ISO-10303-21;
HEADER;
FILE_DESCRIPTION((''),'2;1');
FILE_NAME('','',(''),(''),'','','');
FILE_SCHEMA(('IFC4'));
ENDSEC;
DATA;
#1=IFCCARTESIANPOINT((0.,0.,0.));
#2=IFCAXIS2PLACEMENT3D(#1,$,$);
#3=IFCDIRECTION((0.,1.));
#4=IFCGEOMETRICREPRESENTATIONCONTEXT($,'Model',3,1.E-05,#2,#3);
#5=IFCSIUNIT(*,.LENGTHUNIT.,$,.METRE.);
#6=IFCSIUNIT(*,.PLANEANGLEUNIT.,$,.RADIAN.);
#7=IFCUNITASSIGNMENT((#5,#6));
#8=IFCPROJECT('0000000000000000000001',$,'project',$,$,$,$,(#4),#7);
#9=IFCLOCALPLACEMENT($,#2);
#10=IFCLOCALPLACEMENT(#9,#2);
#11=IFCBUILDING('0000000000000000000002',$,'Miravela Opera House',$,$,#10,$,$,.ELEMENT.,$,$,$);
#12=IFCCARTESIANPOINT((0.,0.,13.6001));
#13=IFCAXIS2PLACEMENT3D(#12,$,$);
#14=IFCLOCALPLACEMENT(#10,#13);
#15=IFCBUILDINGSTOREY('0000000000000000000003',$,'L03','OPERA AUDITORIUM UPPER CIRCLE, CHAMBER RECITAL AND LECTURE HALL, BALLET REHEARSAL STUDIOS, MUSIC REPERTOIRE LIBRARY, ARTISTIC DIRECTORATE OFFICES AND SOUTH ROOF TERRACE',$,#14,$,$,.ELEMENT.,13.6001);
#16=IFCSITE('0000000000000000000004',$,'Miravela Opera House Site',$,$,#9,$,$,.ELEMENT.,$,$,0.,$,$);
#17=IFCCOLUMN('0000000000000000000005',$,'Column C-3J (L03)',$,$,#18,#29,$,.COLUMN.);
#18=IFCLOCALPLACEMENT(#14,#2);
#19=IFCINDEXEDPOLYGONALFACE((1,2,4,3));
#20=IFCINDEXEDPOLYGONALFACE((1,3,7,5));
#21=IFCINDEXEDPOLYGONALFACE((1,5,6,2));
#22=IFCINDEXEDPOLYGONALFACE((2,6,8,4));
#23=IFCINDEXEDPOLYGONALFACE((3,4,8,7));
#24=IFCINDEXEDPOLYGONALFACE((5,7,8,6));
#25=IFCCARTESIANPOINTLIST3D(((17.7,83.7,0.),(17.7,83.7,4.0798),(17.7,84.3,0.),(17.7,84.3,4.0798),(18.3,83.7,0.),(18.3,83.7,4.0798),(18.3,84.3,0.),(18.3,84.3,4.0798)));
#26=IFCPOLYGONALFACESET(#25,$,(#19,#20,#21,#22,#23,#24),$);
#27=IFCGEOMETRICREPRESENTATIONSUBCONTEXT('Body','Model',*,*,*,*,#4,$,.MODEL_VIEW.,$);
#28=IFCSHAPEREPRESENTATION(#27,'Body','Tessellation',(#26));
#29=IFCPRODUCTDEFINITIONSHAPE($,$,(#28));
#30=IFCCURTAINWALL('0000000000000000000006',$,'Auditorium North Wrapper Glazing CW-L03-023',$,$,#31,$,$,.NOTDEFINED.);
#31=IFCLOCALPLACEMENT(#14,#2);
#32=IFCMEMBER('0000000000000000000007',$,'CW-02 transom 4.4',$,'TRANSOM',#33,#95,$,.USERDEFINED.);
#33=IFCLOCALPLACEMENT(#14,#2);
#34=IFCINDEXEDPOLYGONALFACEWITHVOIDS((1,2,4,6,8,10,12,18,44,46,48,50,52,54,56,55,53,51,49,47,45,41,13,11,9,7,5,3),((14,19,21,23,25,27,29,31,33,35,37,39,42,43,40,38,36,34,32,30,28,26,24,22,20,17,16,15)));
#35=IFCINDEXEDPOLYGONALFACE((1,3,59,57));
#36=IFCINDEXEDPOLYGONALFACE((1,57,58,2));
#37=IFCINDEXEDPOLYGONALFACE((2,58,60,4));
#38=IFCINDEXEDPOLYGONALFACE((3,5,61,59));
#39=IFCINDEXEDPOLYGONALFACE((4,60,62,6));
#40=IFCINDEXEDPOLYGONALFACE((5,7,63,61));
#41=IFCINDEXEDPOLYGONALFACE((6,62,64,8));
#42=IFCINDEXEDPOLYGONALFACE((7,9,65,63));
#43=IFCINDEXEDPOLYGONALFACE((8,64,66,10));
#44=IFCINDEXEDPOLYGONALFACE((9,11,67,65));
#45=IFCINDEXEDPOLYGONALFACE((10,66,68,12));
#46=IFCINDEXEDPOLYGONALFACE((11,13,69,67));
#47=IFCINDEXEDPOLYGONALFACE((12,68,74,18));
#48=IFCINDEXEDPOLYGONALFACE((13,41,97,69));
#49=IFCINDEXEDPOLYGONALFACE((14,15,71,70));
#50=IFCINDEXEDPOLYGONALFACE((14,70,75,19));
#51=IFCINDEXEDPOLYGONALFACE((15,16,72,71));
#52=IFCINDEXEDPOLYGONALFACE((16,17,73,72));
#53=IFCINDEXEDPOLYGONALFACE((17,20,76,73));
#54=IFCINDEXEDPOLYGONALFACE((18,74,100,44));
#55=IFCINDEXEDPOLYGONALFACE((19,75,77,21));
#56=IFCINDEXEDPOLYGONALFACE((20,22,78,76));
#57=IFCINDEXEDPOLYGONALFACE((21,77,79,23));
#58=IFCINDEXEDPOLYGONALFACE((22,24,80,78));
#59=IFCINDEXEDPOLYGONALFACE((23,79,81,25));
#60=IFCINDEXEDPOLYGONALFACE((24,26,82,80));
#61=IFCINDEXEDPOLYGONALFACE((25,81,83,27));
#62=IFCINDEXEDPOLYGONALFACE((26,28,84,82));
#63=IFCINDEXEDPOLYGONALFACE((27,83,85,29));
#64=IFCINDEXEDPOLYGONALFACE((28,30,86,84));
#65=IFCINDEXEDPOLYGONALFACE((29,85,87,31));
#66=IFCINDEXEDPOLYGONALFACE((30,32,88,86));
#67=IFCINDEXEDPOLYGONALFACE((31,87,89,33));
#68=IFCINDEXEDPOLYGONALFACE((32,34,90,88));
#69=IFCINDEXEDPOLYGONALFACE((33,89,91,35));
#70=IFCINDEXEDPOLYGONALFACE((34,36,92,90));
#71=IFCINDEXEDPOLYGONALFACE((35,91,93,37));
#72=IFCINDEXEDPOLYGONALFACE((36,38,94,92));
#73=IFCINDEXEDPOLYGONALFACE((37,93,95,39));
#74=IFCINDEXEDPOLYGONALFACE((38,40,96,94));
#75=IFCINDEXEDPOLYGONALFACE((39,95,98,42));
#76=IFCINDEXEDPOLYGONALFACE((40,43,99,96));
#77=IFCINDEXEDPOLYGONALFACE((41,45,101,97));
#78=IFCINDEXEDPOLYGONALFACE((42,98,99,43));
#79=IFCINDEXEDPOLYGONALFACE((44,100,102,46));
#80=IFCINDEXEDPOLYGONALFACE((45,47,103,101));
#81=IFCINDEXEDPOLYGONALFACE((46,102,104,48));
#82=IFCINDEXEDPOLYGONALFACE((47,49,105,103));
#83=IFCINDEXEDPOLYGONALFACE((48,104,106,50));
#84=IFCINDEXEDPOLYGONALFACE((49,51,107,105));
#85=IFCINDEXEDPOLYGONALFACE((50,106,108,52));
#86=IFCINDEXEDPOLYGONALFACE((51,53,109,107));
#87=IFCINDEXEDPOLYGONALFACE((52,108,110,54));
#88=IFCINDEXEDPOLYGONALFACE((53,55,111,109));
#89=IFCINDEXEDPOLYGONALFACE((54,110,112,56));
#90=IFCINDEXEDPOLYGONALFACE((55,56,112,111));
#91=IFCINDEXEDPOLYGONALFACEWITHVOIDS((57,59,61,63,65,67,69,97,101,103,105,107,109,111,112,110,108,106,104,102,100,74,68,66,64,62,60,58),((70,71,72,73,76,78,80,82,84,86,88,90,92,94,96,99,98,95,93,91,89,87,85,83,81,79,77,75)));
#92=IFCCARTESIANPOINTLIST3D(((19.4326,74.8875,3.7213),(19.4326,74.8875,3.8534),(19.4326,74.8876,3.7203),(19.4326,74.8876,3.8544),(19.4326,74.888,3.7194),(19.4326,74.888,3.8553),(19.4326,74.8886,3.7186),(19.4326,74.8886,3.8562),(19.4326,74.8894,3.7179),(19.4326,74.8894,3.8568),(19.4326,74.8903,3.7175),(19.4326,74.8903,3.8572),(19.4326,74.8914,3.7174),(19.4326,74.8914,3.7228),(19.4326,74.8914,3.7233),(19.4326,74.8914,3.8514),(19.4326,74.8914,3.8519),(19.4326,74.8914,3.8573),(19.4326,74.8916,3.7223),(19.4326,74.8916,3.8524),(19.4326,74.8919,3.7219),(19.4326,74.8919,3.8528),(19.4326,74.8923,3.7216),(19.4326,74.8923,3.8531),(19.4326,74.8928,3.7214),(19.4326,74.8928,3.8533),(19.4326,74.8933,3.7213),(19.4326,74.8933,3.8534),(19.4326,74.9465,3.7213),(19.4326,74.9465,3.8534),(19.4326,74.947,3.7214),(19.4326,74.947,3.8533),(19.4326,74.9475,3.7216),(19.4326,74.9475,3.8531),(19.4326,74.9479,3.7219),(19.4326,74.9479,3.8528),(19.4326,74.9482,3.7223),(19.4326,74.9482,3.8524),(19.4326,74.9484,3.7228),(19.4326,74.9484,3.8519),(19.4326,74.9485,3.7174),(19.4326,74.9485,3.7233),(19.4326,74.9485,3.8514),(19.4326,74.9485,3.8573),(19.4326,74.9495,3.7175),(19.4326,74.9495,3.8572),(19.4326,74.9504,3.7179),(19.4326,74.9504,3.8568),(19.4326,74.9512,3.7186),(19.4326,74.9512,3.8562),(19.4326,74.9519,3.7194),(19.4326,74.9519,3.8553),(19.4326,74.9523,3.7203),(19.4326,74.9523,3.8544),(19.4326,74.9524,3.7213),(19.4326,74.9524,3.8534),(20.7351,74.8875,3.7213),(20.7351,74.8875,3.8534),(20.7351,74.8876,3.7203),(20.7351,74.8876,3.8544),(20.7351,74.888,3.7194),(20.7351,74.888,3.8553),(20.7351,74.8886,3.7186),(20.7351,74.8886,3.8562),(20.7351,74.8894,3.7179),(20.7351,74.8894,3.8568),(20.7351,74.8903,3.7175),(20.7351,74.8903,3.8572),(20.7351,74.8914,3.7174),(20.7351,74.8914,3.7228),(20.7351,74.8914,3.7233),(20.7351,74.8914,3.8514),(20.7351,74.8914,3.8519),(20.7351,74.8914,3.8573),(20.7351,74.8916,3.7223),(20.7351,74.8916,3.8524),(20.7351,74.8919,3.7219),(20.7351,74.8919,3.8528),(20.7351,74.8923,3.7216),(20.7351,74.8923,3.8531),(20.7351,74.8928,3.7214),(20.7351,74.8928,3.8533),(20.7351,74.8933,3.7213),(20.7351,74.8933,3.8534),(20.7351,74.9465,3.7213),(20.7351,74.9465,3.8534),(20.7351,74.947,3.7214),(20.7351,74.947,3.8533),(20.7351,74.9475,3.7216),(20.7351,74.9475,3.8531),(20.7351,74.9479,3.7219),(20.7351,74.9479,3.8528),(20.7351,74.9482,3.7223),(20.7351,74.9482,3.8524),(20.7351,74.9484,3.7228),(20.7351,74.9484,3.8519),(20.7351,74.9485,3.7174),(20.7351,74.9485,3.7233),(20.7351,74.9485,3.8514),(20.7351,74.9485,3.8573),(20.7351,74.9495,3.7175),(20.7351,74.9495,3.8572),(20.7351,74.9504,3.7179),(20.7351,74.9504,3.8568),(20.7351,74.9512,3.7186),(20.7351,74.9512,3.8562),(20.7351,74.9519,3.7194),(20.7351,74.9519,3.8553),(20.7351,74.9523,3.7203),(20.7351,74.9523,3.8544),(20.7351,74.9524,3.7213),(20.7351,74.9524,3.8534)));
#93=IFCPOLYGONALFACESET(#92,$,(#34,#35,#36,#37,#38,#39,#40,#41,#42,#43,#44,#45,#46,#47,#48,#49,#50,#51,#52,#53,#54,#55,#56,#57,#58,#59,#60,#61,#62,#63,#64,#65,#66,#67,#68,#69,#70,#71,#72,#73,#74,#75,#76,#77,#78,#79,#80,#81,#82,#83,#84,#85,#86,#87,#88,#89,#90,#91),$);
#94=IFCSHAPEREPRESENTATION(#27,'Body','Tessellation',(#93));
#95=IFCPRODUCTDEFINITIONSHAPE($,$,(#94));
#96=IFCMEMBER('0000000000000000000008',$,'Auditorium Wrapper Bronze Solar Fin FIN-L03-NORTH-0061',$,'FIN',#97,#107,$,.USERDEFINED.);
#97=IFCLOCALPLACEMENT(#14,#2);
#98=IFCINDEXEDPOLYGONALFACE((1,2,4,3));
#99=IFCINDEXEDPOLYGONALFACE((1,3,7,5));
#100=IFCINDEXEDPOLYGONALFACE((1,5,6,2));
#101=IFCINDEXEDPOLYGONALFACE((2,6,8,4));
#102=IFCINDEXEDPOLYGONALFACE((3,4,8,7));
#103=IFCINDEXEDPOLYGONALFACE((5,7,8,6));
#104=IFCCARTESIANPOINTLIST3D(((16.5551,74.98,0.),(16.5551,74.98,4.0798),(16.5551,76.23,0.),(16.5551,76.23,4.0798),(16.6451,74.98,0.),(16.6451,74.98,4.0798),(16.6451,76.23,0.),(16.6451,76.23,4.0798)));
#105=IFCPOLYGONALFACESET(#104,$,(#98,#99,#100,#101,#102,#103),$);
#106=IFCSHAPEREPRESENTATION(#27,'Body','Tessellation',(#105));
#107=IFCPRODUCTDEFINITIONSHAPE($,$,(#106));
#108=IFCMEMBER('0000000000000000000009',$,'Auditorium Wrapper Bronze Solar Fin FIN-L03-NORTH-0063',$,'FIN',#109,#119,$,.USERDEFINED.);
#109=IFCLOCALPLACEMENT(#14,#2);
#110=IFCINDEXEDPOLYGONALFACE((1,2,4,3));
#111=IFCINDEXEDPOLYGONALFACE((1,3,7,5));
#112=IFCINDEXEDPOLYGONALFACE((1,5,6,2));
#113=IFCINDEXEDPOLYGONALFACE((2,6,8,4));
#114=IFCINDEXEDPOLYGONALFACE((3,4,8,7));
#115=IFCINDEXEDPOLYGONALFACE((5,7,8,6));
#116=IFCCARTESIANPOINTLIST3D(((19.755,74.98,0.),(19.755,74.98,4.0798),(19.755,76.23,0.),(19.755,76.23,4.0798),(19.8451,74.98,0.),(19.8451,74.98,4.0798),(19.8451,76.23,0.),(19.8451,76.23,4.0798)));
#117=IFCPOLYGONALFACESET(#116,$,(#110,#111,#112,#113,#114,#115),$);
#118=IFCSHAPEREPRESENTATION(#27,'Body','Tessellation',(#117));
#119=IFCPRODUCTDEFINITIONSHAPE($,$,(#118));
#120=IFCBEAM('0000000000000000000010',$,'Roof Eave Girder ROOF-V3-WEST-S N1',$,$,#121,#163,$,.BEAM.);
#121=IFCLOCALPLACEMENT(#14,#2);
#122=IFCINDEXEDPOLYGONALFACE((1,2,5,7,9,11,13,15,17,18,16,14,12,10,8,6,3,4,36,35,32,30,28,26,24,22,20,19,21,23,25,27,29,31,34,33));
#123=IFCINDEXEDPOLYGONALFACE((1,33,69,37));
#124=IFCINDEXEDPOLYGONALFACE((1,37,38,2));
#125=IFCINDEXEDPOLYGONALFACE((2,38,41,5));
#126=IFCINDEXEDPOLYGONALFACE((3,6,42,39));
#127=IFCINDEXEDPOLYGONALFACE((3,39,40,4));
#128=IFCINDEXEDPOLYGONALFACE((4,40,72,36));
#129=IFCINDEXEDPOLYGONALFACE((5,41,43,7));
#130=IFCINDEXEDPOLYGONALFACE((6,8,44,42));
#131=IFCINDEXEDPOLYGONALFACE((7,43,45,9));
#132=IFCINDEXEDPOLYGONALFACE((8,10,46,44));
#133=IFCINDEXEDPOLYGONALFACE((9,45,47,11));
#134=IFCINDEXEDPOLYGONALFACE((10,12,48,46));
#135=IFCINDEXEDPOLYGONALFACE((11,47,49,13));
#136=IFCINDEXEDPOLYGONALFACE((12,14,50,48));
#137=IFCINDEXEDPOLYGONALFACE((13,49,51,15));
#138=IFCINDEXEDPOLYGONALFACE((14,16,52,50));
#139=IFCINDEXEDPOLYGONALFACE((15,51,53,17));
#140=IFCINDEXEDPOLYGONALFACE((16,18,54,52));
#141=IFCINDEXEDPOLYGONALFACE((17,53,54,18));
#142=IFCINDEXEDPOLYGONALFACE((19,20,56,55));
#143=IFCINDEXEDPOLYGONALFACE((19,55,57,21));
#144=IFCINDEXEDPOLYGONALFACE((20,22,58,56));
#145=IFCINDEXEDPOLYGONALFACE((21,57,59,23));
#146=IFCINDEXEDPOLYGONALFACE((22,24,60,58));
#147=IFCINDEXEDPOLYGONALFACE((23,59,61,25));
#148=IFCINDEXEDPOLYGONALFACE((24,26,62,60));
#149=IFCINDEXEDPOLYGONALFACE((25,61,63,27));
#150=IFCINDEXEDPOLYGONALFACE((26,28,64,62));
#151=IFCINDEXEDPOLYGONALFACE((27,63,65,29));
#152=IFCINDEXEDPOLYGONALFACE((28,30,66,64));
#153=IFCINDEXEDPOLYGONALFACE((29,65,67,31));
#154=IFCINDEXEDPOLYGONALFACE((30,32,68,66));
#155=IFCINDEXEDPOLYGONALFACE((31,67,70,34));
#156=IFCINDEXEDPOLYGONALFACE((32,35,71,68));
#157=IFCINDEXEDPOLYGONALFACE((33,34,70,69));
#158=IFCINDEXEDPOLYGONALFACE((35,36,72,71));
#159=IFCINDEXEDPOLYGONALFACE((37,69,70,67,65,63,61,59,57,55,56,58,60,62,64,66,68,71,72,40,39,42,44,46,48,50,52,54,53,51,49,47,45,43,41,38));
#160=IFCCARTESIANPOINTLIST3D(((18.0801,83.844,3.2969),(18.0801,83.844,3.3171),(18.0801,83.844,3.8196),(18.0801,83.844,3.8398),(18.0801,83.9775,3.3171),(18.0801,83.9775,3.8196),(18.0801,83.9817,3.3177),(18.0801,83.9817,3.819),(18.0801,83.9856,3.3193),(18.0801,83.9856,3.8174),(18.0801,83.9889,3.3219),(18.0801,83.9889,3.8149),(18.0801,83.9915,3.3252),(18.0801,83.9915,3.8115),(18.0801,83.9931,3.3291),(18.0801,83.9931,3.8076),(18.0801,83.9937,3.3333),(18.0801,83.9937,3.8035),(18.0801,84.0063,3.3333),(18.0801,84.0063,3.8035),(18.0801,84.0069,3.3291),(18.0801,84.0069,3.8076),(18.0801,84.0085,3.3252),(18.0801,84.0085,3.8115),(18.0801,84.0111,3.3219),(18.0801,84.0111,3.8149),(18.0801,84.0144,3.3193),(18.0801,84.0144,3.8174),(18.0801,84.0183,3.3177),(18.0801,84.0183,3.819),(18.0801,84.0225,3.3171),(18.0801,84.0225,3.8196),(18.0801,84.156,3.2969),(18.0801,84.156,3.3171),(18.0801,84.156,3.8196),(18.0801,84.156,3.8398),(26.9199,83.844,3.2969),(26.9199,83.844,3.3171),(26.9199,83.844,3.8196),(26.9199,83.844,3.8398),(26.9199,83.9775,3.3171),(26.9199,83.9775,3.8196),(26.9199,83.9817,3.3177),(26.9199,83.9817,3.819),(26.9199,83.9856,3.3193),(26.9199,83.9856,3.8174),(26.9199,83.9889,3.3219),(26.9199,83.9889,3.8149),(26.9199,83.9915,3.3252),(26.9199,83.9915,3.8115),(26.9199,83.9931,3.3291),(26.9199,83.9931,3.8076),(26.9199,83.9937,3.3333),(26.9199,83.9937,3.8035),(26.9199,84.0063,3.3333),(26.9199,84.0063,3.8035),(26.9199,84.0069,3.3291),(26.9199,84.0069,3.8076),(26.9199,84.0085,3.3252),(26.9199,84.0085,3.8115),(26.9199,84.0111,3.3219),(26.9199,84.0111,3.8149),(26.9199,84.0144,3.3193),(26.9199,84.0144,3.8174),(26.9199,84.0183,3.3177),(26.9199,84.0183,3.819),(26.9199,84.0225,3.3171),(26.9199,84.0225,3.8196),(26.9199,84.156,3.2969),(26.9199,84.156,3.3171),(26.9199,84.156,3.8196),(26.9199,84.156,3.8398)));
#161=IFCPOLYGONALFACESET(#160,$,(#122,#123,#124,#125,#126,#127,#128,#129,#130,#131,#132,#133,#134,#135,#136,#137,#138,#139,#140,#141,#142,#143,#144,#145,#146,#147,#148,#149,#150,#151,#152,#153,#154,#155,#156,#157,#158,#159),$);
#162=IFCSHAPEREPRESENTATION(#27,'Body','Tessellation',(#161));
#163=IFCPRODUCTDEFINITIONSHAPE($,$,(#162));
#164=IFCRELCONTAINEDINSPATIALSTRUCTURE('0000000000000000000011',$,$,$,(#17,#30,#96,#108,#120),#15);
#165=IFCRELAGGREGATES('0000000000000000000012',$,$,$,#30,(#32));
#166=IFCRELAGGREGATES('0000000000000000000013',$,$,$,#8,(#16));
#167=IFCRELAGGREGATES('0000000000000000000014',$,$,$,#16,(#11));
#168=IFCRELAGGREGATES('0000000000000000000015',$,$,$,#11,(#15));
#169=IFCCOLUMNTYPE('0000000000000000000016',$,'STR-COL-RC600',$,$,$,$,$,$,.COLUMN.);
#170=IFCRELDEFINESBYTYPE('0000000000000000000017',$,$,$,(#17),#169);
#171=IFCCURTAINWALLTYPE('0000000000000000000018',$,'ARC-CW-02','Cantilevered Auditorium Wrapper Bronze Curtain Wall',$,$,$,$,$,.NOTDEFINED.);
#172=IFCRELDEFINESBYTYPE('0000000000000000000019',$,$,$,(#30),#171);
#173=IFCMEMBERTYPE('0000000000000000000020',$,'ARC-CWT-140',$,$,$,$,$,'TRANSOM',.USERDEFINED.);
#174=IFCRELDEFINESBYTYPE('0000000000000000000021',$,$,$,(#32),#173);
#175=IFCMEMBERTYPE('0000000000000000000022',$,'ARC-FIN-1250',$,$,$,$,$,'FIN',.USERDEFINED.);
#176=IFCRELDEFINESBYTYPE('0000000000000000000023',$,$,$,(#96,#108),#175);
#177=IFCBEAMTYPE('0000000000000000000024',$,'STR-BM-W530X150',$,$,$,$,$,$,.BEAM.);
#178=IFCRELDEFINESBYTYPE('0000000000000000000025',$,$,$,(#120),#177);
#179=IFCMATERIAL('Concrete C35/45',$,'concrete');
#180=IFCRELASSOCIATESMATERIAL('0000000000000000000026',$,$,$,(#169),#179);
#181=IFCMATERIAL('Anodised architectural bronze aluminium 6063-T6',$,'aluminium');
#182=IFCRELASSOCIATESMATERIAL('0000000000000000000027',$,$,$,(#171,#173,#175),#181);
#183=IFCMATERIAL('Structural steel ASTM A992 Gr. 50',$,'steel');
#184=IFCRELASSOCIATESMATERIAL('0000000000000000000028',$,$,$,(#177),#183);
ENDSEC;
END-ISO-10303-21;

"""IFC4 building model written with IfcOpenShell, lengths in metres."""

from ifc_helpers import new_model, si_unit, direction, frame, origin, origin_2d, place, context, subcontext, project, spatial, rectangle, hollow_rectangle, i_section, extrude, material, material_profile, profile_set, type_object, element, aggregate, save


model = new_model("IFC4")

# Units and contexts
model_context = context("Model", 3, precision=1e-05, world=origin(), true_north=direction((0.0, 1.0)))
body_context = subcontext(model_context, "Body", "Model", "MODEL_VIEW")
ifc_project = project(units=[si_unit("LENGTHUNIT", "METRE"), si_unit("PLANEANGLEUNIT", "RADIAN")], contexts=[model_context])

# Site, building, storey
site_placement = place(None, origin())
site = spatial("IfcSite", under=ifc_project, at=site_placement, Name="Miravela Opera House Site", CompositionType="ELEMENT", RefElevation=0.0)
building_placement = place(site_placement, origin())
building = spatial("IfcBuilding", under=site, at=building_placement, Name="Miravela Opera House", CompositionType="ELEMENT")
storey_placement = place(building_placement, frame((0.0, 0.0, 13.6001)))
storey = spatial("IfcBuildingStorey", under=building, at=storey_placement, Name="L03", Description="OPERA AUDITORIUM UPPER CIRCLE, CHAMBER RECITAL AND LECTURE HALL, BALLET REHEARSAL STUDIOS, MUSIC REPERTOIRE LIBRARY, ARTISTIC DIRECTORATE OFFICES AND SOUTH ROOF TERRACE", CompositionType="ELEMENT", Elevation=13.6001)

# Column
ifc_material_1 = material(Name="Concrete C35/45", Category="concrete")
ifc_material_profile_1 = material_profile(ifc_material_1, rectangle(XDim=0.6001, YDim=0.6001, at=origin_2d()), Name="RC-COL-600X600")
ifc_profile_set_1 = profile_set([ifc_material_profile_1])
column_type = type_object("IfcColumnType", Name="STR-COL-RC600", PredefinedType="COLUMN", material=ifc_profile_set_1)
column_placement = place(storey_placement, frame((18.0, 84.0, 0.0), z_axis=(0.0, 0.0, 1.0), x_axis=(1.0, 0.0, 0.0)))
element("IfcColumn", 1, at=column_placement, inside=storey, type_object=column_type, Name="Column C-3J (L03)", PredefinedType="COLUMN", context=body_context, shape_type="SweptSolid", body=[
    extrude(rectangle(XDim=0.6001, YDim=0.6001, at=origin_2d()), origin(), (0.0, 0.0, 1.0), 4.0798),
])

# Curtain wall, member
ifc_material_2 = material(Name="Anodised architectural bronze aluminium 6063-T6", Category="aluminium")
curtain_wall_type = type_object("IfcCurtainWallType", Name="ARC-CW-02", Description="Cantilevered Auditorium Wrapper Bronze Curtain Wall", PredefinedType="NOTDEFINED", material=ifc_material_2)
curtain_wall_placement = place(storey_placement, origin())
curtain_wall = element("IfcCurtainWall", 2, at=curtain_wall_placement, inside=storey, type_object=curtain_wall_type, Name="Auditorium North Wrapper Glazing CW-L03-023", PredefinedType="NOTDEFINED")
ifc_material_profile_2 = material_profile(ifc_material_2, hollow_rectangle(XDim=0.0649, YDim=0.1399, WallThickness=0.0039, InnerFilletRadius=0.002, OuterFilletRadius=0.0039, at=origin_2d()), Name="CWT-65X140")
ifc_profile_set_2 = profile_set([ifc_material_profile_2])
member_type_1 = type_object("IfcMemberType", Name="ARC-CWT-140", ElementType="TRANSOM", PredefinedType="USERDEFINED", material=ifc_profile_set_2)
member_placement = place(storey_placement, frame((19.4326, 74.9199, 3.7874), z_axis=(1.0, 0.0, 0.0), x_axis=(0.0, 1.0, 0.0)))
member = element("IfcMember", 3, at=member_placement, type_object=member_type_1, Name="CW-02 transom 4.4", ObjectType="TRANSOM", PredefinedType="USERDEFINED", context=body_context, shape_type="SweptSolid", body=[
    extrude(hollow_rectangle(XDim=0.0649, YDim=0.1399, WallThickness=0.0039, InnerFilletRadius=0.002, OuterFilletRadius=0.0039, at=origin_2d()), origin(), (0.0, 0.0, 1.0), 1.3025),
])

# Members
ifc_material_profile_3 = material_profile(ifc_material_2, rectangle(XDim=0.0901, YDim=1.25, at=origin_2d()), Name="FIN-1250X90")
ifc_profile_set_3 = profile_set([ifc_material_profile_3])
member_type_2 = type_object("IfcMemberType", Name="ARC-FIN-1250", ElementType="FIN", PredefinedType="USERDEFINED", material=ifc_profile_set_3)
for number, where, z_axis, x_axis, name in (
    (4, (16.6001, 75.605, 0.0), (0.0, 0.0, 1.0), (1.0, 0.0, 0.0), "Auditorium Wrapper Bronze Solar Fin FIN-L03-NORTH-0061"),
    (5, (19.8, 75.605, 0.0), (0.0, 0.0, 1.0), (1.0, 0.0, 0.0), "Auditorium Wrapper Bronze Solar Fin FIN-L03-NORTH-0063"),
):
    element("IfcMember", number, at=place(storey_placement, frame(where, z_axis=z_axis, x_axis=x_axis)), inside=storey, type_object=member_type_2, Name=name, ObjectType="FIN", PredefinedType="USERDEFINED", context=body_context, shape_type="SweptSolid", body=[
        extrude(rectangle(XDim=0.0901, YDim=1.25, at=origin_2d()), origin(), (0.0, 0.0, 1.0), 4.0798),
    ])

# Beam
ifc_material_3 = material(Name="Structural steel ASTM A992 Gr. 50", Category="steel")
ifc_material_profile_4 = material_profile(ifc_material_3, i_section(OverallWidth=0.312, OverallDepth=0.543, WebThickness=0.0127, FlangeThickness=0.0203, FilletRadius=0.0161, at=origin_2d()), Name="W530X150")
ifc_profile_set_4 = profile_set([ifc_material_profile_4])
beam_type = type_object("IfcBeamType", Name="STR-BM-W530X150", PredefinedType="BEAM", material=ifc_profile_set_4)
beam_1_placement = place(storey_placement, frame((18.0801, 84.0, 3.5684), z_axis=(1.0, 0.0, 0.0), x_axis=(0.0, 1.0, 0.0)))
element("IfcBeam", 6, at=beam_1_placement, inside=storey, type_object=beam_type, Name="Roof Eave Girder ROOF-V3-WEST-S N1", PredefinedType="BEAM", context=body_context, shape_type="SweptSolid", body=[
    extrude(i_section(OverallWidth=0.312, OverallDepth=0.543, WebThickness=0.0127, FlangeThickness=0.0203, FilletRadius=0.0161, at=origin_2d()), origin(), (0.0, 0.0, 1.0), 8.8398),
])

aggregate(curtain_wall, [member])

save(model, "model.ifc")
